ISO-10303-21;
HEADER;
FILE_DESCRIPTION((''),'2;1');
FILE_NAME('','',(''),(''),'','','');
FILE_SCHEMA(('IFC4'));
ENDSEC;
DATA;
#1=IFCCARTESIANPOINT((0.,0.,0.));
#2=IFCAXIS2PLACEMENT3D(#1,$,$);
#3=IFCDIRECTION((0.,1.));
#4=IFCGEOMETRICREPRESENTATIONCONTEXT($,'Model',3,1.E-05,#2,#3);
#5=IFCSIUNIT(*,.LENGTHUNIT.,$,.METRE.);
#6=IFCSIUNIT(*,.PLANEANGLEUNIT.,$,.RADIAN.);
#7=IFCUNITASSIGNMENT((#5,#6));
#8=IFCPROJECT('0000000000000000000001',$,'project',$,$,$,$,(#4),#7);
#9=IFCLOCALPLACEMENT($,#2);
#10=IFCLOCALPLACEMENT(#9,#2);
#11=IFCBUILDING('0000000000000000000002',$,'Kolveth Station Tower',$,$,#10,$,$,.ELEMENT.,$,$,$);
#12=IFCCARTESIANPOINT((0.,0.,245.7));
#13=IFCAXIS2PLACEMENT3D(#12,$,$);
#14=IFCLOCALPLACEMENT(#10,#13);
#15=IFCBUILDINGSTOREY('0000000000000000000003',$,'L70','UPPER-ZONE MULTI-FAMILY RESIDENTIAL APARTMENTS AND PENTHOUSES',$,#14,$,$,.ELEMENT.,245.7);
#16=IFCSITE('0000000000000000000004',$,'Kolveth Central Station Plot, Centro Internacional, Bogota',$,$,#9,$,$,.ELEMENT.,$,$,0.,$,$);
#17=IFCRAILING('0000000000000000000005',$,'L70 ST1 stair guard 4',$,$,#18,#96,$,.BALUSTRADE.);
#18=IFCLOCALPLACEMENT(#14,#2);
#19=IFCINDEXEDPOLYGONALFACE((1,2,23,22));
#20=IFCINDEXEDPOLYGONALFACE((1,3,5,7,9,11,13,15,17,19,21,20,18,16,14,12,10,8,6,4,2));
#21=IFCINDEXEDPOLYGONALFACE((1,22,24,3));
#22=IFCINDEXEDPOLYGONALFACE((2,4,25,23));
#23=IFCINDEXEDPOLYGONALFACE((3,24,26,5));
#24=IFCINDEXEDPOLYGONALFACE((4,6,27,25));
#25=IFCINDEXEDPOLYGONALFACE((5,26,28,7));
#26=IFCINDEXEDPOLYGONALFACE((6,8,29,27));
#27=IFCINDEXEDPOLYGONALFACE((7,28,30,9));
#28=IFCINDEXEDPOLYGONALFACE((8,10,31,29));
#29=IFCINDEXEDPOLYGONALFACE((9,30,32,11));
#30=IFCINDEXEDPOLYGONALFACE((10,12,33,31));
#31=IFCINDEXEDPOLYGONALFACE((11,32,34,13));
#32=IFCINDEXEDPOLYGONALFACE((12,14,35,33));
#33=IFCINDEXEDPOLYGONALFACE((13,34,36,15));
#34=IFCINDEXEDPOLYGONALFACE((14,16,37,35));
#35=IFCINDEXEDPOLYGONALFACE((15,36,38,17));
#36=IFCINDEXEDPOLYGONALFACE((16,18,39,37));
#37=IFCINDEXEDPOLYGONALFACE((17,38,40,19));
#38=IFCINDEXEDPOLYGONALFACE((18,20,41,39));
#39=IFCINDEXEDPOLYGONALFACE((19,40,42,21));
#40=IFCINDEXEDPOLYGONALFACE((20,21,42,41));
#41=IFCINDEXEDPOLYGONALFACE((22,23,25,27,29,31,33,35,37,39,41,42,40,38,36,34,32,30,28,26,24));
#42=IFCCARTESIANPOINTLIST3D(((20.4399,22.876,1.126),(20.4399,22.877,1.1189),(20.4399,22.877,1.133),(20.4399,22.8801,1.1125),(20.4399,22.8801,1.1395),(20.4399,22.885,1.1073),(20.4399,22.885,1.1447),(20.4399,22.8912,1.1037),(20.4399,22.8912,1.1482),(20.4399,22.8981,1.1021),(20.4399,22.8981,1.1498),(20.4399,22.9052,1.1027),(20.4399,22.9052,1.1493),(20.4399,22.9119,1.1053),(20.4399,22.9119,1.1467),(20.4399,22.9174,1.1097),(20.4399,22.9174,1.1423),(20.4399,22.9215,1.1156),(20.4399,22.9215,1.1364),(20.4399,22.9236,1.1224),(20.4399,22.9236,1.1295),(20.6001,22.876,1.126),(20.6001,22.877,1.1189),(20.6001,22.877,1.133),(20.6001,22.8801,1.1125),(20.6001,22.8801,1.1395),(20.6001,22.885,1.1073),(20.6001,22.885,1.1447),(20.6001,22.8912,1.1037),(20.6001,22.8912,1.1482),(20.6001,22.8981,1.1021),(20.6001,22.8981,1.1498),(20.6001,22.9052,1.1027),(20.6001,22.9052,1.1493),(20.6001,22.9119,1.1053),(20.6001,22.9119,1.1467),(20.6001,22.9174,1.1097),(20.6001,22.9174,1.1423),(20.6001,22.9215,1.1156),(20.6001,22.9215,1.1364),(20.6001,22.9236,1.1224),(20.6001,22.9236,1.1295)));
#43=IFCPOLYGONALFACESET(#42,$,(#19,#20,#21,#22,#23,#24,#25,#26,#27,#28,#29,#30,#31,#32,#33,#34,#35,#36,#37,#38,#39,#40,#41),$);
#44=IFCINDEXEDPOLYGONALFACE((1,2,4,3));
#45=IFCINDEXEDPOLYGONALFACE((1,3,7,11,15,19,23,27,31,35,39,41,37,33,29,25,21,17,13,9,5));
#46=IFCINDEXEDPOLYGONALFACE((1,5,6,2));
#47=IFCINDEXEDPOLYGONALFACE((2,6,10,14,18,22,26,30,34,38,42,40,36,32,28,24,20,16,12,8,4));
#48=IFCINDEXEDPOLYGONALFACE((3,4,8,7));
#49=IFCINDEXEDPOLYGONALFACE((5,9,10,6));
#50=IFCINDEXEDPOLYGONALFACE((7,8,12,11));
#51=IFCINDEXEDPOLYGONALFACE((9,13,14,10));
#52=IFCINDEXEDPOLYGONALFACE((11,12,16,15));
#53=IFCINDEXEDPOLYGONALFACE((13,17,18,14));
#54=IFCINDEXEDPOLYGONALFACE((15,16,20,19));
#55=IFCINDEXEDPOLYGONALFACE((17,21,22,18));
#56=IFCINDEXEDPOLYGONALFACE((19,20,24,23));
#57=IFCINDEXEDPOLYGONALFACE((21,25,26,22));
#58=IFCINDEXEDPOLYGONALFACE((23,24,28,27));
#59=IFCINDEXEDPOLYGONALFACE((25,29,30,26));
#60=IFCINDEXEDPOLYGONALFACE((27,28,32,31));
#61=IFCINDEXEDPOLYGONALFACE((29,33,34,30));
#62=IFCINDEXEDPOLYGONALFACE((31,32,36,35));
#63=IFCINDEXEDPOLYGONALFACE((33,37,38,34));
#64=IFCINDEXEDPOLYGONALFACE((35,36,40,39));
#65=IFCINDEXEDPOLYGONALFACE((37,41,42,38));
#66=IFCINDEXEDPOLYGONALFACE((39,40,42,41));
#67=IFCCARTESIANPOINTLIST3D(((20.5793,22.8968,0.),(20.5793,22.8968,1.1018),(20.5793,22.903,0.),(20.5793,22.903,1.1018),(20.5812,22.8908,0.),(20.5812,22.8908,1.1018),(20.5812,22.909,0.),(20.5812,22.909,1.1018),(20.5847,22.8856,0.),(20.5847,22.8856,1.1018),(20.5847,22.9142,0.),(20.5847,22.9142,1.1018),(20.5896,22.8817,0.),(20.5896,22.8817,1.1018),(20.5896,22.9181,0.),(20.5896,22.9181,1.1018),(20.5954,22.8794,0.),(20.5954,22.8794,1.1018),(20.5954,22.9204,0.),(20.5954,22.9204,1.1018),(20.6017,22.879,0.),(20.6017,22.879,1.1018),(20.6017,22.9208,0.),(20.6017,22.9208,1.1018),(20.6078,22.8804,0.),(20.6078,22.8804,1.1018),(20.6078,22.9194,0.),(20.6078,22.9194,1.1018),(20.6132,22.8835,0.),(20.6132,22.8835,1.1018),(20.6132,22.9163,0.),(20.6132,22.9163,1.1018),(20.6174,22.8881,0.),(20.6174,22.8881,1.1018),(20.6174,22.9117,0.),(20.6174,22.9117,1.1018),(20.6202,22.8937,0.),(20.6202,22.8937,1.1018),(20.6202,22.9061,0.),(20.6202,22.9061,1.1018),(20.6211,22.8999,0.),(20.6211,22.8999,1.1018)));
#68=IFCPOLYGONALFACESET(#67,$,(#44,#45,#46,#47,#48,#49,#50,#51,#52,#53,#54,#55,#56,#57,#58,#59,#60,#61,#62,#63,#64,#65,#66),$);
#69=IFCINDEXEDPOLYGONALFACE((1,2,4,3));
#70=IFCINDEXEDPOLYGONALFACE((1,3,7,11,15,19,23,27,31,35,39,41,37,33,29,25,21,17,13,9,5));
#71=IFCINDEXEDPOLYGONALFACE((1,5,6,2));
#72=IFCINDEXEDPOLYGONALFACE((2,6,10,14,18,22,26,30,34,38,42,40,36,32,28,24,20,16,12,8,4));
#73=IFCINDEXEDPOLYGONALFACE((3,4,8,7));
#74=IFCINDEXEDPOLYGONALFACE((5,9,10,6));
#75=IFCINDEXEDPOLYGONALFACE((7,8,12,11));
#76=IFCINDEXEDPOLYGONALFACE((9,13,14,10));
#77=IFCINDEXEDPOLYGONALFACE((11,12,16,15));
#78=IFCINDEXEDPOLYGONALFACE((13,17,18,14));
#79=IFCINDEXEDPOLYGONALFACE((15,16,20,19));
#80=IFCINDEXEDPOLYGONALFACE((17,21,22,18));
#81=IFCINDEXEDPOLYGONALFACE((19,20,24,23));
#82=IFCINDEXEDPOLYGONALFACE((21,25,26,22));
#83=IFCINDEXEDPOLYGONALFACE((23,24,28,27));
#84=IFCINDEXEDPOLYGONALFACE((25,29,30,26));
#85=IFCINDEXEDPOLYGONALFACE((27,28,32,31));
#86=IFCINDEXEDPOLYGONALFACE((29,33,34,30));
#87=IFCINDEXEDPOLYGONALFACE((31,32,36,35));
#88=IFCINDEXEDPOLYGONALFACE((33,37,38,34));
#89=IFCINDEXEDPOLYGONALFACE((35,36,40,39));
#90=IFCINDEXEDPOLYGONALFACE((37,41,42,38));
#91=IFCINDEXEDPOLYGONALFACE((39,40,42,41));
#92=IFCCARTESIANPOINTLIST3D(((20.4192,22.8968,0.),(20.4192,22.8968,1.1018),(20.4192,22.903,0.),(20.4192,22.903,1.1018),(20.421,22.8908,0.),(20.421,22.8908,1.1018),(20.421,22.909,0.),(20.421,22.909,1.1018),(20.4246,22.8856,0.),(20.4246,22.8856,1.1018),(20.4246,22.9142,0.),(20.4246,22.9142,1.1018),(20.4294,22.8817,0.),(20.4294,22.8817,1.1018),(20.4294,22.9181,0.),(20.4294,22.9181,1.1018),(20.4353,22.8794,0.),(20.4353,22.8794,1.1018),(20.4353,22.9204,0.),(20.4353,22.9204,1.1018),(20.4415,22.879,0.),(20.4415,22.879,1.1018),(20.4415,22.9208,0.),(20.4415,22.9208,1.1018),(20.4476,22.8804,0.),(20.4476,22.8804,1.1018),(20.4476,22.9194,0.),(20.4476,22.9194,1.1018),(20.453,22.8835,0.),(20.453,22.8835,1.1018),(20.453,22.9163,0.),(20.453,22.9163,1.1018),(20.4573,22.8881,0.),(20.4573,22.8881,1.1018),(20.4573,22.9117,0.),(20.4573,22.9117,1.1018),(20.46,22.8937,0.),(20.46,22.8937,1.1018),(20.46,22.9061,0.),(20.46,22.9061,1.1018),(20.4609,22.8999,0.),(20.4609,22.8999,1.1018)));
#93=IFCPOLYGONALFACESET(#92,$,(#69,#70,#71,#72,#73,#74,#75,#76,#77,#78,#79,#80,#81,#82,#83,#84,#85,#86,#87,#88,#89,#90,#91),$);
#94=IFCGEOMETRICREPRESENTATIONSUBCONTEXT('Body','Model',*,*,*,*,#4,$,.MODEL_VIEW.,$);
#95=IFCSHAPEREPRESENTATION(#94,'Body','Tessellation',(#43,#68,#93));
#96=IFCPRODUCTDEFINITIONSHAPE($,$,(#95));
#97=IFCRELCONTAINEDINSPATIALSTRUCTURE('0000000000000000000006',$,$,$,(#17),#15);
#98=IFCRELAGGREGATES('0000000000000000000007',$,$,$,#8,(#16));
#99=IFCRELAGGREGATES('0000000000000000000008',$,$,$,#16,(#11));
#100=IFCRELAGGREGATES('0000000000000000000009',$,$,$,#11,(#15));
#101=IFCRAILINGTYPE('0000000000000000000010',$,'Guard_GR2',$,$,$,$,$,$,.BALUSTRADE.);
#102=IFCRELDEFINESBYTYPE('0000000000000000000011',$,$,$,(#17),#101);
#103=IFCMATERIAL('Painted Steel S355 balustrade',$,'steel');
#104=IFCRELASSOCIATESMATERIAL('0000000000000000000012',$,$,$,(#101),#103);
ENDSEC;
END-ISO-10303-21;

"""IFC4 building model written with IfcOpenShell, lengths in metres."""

from ifc_helpers import new_model, si_unit, direction, frame, origin, origin_2d, place, context, subcontext, project, spatial, circle, extrude, material, type_object, element, save


model = new_model("IFC4")

# Units and contexts
model_context = context("Model", 3, precision=1e-05, world=origin(), true_north=direction((0.0, 1.0)))
body_context = subcontext(model_context, "Body", "Model", "MODEL_VIEW")
ifc_project = project(units=[si_unit("LENGTHUNIT", "METRE"), si_unit("PLANEANGLEUNIT", "RADIAN")], contexts=[model_context])

# Site, building, storey
site_placement = place(None, origin())
site = spatial("IfcSite", under=ifc_project, at=site_placement, Name="Kolveth Central Station Plot, Centro Internacional, Bogota", CompositionType="ELEMENT", RefElevation=0.0)
building_placement = place(site_placement, origin())
building = spatial("IfcBuilding", under=site, at=building_placement, Name="Kolveth Station Tower", CompositionType="ELEMENT")
storey_placement = place(building_placement, frame((0.0, 0.0, 245.7)))
storey = spatial("IfcBuildingStorey", under=building, at=storey_placement, Name="L70", Description="UPPER-ZONE MULTI-FAMILY RESIDENTIAL APARTMENTS AND PENTHOUSES", CompositionType="ELEMENT", Elevation=245.7)

# Railing
ifc_material_1 = material(Name="Painted Steel S355 balustrade", Category="steel")
railing_type_1 = type_object("IfcRailingType", Name="Guard_GR2", PredefinedType="BALUSTRADE", material=ifc_material_1)
railing_1_placement = place(storey_placement, frame((20.6001, 22.8999, 0.0)))
element("IfcRailing", 1, at=railing_1_placement, inside=storey, type_object=railing_type_1, Name="L70 ST1 stair guard 4", PredefinedType="BALUSTRADE", context=body_context, shape_type="SweptSolid", body=[
    extrude(circle(Radius=0.0239, at=origin_2d()), frame((0.0, 0.0, 1.126), z_axis=(-1.0, 0.0, 0.0), x_axis=(0.0, -1.0, 0.0)), (0.0, 0.0, 1.0), 0.1602),
    extrude(circle(Radius=0.021, at=origin_2d()), origin(), (0.0, 0.0, 1.0), 1.1018),
    extrude(circle(Radius=0.021, at=origin_2d()), frame((-0.1602, 0.0, 0.0)), (0.0, 0.0, 1.0), 1.1018),
])

save(model, "model.ifc")
